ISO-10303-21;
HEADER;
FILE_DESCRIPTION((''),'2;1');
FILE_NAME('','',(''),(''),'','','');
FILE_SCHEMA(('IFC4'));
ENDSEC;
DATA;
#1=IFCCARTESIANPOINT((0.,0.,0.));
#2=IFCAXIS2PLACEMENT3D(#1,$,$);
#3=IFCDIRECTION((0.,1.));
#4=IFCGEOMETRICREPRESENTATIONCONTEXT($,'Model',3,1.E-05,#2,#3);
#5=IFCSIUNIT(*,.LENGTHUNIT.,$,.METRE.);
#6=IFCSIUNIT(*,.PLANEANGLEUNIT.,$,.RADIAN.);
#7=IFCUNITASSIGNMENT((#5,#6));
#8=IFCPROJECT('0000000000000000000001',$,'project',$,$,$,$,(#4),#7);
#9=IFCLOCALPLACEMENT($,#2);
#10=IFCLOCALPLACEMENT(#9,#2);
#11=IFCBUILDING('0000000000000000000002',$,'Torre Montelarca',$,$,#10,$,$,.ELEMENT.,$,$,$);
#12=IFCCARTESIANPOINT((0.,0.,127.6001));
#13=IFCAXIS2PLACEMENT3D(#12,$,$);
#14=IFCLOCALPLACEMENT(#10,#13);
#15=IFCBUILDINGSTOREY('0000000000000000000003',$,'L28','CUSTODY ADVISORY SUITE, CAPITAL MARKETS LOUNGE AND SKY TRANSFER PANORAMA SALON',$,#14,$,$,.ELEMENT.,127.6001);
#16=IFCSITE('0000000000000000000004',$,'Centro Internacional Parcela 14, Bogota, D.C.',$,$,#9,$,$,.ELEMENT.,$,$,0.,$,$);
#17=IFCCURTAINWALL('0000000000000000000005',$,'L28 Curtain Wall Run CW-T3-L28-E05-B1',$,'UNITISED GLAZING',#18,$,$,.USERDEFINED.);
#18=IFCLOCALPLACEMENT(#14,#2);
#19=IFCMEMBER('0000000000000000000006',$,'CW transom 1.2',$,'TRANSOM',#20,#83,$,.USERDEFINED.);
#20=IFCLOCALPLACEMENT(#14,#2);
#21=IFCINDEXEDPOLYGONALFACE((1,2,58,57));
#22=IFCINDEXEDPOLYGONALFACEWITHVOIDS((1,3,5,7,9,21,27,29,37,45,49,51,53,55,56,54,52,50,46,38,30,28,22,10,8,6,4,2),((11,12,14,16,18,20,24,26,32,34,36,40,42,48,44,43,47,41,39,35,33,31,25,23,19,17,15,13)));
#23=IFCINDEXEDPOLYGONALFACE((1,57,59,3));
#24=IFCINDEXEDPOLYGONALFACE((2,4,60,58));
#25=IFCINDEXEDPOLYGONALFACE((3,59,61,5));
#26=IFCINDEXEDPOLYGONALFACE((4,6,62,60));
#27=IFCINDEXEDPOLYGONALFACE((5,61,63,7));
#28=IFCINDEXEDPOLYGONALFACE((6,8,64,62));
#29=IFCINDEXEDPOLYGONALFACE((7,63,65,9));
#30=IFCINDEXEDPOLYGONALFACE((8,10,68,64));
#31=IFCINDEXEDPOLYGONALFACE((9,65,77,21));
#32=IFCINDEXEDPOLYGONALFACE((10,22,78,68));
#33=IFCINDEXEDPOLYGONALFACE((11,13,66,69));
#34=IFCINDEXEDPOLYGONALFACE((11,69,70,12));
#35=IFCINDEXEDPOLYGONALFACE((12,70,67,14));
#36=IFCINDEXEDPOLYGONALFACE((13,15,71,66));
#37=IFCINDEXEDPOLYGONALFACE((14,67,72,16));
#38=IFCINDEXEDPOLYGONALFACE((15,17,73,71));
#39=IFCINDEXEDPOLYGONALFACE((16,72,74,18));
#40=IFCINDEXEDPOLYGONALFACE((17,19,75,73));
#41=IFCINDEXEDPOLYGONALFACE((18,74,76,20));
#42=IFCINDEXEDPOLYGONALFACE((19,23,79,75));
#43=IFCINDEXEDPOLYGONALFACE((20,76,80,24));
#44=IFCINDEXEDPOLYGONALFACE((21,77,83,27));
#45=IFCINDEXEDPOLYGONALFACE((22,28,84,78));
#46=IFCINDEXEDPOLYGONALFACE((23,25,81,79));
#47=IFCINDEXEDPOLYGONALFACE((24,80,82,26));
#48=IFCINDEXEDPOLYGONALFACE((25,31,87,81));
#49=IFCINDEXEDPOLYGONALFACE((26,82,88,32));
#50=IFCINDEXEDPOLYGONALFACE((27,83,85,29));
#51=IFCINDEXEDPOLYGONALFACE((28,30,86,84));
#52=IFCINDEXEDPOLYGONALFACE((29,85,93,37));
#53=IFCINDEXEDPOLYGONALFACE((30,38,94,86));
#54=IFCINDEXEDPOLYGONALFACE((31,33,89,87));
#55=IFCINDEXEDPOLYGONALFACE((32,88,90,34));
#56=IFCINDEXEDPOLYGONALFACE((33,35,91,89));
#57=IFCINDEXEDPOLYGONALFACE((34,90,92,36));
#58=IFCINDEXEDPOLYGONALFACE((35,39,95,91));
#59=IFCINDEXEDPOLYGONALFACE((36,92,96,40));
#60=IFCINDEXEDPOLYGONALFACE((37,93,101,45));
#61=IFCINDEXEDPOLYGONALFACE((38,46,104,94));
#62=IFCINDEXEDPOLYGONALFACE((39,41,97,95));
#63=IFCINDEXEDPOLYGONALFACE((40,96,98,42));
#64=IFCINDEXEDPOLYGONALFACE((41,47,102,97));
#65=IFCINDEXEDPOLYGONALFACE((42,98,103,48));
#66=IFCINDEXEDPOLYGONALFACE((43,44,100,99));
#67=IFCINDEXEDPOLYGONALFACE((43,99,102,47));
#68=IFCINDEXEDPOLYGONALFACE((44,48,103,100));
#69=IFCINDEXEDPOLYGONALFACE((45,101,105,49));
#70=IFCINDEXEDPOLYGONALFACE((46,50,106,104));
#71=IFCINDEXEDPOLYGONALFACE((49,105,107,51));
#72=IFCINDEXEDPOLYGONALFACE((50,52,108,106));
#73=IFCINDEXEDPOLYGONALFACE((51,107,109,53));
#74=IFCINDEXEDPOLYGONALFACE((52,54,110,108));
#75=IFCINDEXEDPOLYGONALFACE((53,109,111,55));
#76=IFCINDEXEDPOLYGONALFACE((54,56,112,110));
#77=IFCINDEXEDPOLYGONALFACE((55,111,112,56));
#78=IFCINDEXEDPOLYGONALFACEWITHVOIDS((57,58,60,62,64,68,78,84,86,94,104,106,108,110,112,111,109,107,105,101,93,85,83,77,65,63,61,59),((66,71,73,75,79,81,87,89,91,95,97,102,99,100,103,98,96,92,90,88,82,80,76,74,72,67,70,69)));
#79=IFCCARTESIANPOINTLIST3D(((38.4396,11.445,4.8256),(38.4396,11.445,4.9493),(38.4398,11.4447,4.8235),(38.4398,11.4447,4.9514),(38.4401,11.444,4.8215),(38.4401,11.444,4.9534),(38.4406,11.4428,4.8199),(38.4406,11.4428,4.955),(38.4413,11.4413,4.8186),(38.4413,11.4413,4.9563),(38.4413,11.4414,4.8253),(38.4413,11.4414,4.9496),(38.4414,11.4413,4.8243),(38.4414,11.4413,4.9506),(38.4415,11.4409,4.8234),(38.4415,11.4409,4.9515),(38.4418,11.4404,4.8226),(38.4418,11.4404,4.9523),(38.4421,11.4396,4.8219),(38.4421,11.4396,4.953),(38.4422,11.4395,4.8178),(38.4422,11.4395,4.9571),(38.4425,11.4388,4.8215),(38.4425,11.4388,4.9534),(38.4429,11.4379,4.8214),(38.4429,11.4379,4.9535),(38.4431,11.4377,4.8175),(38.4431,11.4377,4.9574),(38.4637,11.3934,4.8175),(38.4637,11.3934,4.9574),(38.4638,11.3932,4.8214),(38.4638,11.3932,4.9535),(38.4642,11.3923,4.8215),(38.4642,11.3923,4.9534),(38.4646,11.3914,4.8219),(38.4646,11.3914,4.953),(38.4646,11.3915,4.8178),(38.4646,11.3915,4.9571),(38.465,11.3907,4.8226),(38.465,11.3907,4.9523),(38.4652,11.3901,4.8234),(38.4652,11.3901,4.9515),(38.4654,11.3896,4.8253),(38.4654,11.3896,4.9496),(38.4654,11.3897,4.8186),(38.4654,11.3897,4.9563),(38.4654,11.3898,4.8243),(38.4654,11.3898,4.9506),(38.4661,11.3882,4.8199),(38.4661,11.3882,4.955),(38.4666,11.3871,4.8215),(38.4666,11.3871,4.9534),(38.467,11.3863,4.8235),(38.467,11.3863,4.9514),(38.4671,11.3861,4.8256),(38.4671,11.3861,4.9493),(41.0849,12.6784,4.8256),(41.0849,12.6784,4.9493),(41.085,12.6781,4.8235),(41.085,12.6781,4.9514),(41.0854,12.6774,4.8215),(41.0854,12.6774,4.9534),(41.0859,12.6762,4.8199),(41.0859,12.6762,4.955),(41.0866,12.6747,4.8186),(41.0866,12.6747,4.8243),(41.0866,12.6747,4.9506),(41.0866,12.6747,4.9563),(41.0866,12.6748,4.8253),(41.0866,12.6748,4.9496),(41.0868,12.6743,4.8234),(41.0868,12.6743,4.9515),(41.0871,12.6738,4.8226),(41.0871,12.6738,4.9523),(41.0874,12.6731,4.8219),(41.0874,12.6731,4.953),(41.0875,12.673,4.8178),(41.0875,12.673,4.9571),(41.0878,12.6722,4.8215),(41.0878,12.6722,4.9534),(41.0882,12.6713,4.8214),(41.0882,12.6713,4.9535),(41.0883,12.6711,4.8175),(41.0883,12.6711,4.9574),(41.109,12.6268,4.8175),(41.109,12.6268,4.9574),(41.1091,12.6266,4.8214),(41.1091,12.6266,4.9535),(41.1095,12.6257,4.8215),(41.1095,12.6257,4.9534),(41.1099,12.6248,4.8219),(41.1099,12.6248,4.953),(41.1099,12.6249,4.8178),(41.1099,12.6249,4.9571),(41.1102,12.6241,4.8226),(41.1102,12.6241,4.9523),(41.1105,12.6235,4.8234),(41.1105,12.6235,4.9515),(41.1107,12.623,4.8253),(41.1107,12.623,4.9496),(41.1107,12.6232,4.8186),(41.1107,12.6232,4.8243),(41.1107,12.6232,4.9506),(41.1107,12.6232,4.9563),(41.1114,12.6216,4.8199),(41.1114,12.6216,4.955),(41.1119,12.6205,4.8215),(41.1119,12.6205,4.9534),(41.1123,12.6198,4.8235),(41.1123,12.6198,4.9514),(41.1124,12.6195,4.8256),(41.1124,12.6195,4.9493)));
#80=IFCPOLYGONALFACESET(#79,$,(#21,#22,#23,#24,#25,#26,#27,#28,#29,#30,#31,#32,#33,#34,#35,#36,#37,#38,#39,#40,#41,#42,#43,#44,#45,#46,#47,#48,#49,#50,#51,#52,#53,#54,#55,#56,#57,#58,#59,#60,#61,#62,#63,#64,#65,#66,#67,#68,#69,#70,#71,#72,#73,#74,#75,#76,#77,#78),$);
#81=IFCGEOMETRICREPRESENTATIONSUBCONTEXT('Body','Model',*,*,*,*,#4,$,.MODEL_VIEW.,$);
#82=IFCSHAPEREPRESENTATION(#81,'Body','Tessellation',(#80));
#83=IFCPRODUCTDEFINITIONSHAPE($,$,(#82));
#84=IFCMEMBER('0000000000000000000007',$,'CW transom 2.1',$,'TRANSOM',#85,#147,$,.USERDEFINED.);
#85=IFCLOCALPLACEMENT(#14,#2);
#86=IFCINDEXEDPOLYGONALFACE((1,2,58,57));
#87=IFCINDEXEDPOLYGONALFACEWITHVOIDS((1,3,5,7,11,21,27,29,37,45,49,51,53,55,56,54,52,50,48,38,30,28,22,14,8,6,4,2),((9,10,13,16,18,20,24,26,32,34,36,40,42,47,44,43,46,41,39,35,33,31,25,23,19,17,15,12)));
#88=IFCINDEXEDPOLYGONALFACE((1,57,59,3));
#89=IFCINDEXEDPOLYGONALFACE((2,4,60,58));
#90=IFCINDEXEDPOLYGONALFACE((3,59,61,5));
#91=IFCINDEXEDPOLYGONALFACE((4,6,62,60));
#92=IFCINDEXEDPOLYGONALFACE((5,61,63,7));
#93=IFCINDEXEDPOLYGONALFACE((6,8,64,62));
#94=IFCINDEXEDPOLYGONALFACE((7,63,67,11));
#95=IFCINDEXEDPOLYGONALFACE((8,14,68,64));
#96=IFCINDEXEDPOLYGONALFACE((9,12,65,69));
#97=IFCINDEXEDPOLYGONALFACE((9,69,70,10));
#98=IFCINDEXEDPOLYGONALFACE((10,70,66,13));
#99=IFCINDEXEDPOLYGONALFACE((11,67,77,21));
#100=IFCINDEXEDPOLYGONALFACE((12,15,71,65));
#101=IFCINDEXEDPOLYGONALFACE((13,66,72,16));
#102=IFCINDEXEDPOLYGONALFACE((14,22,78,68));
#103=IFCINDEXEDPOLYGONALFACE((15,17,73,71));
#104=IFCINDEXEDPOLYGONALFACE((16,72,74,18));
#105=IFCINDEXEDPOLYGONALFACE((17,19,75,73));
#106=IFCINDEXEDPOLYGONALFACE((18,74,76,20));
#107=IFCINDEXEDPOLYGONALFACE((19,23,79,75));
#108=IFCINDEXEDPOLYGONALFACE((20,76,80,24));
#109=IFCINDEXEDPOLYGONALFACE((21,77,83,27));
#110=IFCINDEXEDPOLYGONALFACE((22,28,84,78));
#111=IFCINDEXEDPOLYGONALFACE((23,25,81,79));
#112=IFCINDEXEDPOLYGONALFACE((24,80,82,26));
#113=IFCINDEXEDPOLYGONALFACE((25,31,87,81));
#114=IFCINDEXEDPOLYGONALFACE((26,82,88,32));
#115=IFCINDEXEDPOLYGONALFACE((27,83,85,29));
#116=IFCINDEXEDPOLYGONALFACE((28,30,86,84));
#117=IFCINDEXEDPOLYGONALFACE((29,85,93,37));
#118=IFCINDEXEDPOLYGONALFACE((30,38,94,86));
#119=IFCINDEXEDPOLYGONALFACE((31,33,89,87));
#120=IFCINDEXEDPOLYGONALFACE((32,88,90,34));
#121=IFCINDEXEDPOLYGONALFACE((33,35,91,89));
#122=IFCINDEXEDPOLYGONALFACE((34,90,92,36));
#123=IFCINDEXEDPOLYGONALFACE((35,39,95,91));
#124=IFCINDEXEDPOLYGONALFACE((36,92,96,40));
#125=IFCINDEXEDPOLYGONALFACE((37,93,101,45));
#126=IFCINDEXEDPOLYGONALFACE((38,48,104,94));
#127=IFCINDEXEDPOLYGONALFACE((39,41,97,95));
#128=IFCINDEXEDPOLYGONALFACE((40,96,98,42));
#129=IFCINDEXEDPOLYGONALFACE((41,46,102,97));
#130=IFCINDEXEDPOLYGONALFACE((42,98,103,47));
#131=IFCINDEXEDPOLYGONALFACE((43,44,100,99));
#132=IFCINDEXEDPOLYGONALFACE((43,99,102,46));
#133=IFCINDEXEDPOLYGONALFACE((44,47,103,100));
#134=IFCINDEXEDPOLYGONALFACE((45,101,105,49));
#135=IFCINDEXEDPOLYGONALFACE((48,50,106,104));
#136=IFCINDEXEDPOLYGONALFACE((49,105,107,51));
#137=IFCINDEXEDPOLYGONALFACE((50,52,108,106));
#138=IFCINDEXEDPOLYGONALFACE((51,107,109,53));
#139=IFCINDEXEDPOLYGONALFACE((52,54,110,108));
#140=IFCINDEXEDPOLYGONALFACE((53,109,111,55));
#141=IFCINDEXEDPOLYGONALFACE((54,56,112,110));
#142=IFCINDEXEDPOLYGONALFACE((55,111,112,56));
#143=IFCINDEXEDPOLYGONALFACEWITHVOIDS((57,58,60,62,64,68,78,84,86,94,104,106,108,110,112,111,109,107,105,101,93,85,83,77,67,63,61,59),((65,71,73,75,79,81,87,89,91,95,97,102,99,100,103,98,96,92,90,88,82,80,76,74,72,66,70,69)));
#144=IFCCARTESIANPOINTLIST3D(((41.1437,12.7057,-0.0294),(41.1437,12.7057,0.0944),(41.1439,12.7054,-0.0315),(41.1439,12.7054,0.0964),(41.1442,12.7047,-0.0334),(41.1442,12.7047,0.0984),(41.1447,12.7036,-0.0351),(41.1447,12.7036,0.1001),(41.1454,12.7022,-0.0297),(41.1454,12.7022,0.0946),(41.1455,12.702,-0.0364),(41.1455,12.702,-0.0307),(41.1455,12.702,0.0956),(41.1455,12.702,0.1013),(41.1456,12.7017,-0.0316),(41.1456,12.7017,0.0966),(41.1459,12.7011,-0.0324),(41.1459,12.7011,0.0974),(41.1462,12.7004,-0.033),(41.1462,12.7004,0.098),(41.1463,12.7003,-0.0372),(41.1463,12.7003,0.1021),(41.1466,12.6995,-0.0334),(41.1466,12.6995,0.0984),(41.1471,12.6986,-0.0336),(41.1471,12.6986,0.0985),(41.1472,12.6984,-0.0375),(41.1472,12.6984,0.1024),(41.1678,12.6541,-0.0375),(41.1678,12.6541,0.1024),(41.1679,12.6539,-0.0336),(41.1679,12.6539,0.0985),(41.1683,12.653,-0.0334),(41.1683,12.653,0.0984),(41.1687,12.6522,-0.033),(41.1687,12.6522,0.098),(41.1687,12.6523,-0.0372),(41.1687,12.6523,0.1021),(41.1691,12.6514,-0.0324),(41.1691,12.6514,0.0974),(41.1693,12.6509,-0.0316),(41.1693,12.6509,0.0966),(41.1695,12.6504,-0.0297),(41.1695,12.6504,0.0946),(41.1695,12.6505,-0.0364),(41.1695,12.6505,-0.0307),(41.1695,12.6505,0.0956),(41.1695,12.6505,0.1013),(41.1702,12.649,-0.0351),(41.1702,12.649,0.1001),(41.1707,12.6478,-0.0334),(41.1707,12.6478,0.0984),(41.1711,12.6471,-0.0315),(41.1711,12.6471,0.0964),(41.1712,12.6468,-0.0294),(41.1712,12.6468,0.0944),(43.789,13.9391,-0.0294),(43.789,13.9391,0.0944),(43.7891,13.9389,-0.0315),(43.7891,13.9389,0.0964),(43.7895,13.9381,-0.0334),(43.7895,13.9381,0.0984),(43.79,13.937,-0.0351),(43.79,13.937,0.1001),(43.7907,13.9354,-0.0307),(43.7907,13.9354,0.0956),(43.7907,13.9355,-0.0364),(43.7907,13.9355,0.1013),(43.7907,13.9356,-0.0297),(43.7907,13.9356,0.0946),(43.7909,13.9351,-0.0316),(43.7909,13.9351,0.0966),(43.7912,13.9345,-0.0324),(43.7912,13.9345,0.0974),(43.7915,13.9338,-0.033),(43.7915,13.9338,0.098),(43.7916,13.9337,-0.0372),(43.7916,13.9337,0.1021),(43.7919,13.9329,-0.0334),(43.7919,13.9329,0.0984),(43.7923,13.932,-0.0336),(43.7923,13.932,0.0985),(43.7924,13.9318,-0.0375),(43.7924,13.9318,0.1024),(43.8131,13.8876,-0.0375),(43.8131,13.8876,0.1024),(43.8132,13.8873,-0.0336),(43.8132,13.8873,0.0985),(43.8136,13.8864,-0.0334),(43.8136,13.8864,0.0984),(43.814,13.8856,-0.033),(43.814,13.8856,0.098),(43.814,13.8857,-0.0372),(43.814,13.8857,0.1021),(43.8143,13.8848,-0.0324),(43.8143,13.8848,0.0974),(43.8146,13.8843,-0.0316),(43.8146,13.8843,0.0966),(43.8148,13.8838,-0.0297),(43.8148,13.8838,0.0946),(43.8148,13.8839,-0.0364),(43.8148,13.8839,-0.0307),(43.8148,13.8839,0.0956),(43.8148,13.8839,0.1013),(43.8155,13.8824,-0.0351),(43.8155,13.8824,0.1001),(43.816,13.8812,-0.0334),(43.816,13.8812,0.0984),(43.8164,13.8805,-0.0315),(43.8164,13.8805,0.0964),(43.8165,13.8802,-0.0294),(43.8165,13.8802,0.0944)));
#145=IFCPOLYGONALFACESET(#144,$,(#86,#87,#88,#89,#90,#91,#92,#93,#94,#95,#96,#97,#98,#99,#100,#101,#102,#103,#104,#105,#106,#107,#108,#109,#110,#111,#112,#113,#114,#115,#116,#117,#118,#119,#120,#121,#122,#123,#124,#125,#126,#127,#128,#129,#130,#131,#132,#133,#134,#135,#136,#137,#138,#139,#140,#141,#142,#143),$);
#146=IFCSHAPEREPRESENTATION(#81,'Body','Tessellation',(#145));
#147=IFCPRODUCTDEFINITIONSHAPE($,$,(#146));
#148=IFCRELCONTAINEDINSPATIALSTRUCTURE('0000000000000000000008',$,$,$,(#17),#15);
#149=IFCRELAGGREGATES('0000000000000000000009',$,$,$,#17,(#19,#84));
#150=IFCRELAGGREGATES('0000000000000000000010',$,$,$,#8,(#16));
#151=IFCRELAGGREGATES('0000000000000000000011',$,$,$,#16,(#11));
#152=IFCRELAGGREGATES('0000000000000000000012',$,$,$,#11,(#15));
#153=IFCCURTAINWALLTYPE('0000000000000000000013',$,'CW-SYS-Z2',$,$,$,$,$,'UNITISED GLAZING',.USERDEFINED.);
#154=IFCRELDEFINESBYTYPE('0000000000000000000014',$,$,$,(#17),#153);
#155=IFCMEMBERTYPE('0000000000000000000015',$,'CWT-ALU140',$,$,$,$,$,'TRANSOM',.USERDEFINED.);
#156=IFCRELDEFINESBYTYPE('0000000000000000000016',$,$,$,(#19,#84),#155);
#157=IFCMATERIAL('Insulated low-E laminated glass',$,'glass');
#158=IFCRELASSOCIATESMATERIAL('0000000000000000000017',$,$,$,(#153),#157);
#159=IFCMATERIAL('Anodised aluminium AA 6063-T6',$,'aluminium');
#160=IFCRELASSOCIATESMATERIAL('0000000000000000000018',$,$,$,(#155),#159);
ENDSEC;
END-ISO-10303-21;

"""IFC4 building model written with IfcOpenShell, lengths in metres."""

from ifc_helpers import new_model, si_unit, direction, frame, origin, origin_2d, place, context, subcontext, project, spatial, hollow_rectangle, extrude, source, transform, mapped, material, material_profile, profile_set, type_object, element, aggregate, save


model = new_model("IFC4")

# Units and contexts
model_context = context("Model", 3, precision=1e-05, world=origin(), true_north=direction((0.0, 1.0)))
body_context = subcontext(model_context, "Body", "Model", "MODEL_VIEW")
ifc_project = project(units=[si_unit("LENGTHUNIT", "METRE"), si_unit("PLANEANGLEUNIT", "RADIAN")], contexts=[model_context])

# Site, building, storey
site_placement = place(None, origin())
site = spatial("IfcSite", under=ifc_project, at=site_placement, Name="Centro Internacional Parcela 14, Bogota, D.C.", CompositionType="ELEMENT", RefElevation=0.0)
building_placement = place(site_placement, origin())
building = spatial("IfcBuilding", under=site, at=building_placement, Name="Torre Montelarca", CompositionType="ELEMENT")
storey_placement = place(building_placement, frame((0.0, 0.0, 127.6001)))
storey = spatial("IfcBuildingStorey", under=building, at=storey_placement, Name="L28", Description="CUSTODY ADVISORY SUITE, CAPITAL MARKETS LOUNGE AND SKY TRANSFER PANORAMA SALON", CompositionType="ELEMENT", Elevation=127.6001)

# Curtain wall, members
ifc_material_1 = material(Name="Insulated low-E laminated glass", Category="glass")
curtain_wall_type = type_object("IfcCurtainWallType", Name="CW-SYS-Z2", ElementType="UNITISED GLAZING", PredefinedType="USERDEFINED", material=ifc_material_1)
curtain_wall_1_placement = place(storey_placement, origin())
curtain_wall_1 = element("IfcCurtainWall", 1, at=curtain_wall_1_placement, inside=storey, type_object=curtain_wall_type, Name="L28 Curtain Wall Run CW-T3-L28-E05-B1", ObjectType="UNITISED GLAZING", PredefinedType="USERDEFINED")
ifc_material_2 = material(Name="Anodised aluminium AA 6063-T6", Category="aluminium")
ifc_material_profile_1 = material_profile(ifc_material_2, hollow_rectangle(XDim=0.0649, YDim=0.1399, WallThickness=0.0039, InnerFilletRadius=0.0039, OuterFilletRadius=0.0081, at=origin_2d()), Name="ALU65X140X4", Category="aluminium")
ifc_profile_set_1 = profile_set([ifc_material_profile_1], Name="Anodised aluminium AA 6063-T6")
member_type_1 = type_object("IfcMemberType", Name="CWT-ALU140", ElementType="TRANSOM", PredefinedType="USERDEFINED", material=ifc_profile_set_1)
shared_shape_1 = source(origin(), body_context, "Body", "SweptSolid", [
    extrude(hollow_rectangle(XDim=0.0649, YDim=0.1399, WallThickness=0.0039, InnerFilletRadius=0.0039, OuterFilletRadius=0.0081, at=origin_2d()), origin(), (0.0, 0.0, 1.0), 2.9187),
])
member_1_placement = place(storey_placement, frame((38.4534, 11.4155, 4.8875), z_axis=(0.906322, 0.422588, 0.0), x_axis=(-0.422588, 0.906322, 0.0)))
member_1 = element("IfcMember", 2, at=member_1_placement, type_object=member_type_1, Name="CW transom 1.2", ObjectType="TRANSOM", PredefinedType="USERDEFINED", context=body_context, shape_type="MappedRepresentation", body=[
    mapped(shared_shape_1, transform((0.0, 0.0, 0.0), scale=1.0)),
])
member_2_placement = place(storey_placement, frame((41.1575, 12.6763, 0.0325), z_axis=(0.906322, 0.422588, 0.0), x_axis=(-0.422588, 0.906322, 0.0)))
member_2 = element("IfcMember", 3, at=member_2_placement, type_object=member_type_1, Name="CW transom 2.1", ObjectType="TRANSOM", PredefinedType="USERDEFINED", context=body_context, shape_type="MappedRepresentation", body=[
    mapped(shared_shape_1, transform((0.0, 0.0, 0.0), scale=1.0)),
])

aggregate(curtain_wall_1, [member_1, member_2])

save(model, "model.ifc")
